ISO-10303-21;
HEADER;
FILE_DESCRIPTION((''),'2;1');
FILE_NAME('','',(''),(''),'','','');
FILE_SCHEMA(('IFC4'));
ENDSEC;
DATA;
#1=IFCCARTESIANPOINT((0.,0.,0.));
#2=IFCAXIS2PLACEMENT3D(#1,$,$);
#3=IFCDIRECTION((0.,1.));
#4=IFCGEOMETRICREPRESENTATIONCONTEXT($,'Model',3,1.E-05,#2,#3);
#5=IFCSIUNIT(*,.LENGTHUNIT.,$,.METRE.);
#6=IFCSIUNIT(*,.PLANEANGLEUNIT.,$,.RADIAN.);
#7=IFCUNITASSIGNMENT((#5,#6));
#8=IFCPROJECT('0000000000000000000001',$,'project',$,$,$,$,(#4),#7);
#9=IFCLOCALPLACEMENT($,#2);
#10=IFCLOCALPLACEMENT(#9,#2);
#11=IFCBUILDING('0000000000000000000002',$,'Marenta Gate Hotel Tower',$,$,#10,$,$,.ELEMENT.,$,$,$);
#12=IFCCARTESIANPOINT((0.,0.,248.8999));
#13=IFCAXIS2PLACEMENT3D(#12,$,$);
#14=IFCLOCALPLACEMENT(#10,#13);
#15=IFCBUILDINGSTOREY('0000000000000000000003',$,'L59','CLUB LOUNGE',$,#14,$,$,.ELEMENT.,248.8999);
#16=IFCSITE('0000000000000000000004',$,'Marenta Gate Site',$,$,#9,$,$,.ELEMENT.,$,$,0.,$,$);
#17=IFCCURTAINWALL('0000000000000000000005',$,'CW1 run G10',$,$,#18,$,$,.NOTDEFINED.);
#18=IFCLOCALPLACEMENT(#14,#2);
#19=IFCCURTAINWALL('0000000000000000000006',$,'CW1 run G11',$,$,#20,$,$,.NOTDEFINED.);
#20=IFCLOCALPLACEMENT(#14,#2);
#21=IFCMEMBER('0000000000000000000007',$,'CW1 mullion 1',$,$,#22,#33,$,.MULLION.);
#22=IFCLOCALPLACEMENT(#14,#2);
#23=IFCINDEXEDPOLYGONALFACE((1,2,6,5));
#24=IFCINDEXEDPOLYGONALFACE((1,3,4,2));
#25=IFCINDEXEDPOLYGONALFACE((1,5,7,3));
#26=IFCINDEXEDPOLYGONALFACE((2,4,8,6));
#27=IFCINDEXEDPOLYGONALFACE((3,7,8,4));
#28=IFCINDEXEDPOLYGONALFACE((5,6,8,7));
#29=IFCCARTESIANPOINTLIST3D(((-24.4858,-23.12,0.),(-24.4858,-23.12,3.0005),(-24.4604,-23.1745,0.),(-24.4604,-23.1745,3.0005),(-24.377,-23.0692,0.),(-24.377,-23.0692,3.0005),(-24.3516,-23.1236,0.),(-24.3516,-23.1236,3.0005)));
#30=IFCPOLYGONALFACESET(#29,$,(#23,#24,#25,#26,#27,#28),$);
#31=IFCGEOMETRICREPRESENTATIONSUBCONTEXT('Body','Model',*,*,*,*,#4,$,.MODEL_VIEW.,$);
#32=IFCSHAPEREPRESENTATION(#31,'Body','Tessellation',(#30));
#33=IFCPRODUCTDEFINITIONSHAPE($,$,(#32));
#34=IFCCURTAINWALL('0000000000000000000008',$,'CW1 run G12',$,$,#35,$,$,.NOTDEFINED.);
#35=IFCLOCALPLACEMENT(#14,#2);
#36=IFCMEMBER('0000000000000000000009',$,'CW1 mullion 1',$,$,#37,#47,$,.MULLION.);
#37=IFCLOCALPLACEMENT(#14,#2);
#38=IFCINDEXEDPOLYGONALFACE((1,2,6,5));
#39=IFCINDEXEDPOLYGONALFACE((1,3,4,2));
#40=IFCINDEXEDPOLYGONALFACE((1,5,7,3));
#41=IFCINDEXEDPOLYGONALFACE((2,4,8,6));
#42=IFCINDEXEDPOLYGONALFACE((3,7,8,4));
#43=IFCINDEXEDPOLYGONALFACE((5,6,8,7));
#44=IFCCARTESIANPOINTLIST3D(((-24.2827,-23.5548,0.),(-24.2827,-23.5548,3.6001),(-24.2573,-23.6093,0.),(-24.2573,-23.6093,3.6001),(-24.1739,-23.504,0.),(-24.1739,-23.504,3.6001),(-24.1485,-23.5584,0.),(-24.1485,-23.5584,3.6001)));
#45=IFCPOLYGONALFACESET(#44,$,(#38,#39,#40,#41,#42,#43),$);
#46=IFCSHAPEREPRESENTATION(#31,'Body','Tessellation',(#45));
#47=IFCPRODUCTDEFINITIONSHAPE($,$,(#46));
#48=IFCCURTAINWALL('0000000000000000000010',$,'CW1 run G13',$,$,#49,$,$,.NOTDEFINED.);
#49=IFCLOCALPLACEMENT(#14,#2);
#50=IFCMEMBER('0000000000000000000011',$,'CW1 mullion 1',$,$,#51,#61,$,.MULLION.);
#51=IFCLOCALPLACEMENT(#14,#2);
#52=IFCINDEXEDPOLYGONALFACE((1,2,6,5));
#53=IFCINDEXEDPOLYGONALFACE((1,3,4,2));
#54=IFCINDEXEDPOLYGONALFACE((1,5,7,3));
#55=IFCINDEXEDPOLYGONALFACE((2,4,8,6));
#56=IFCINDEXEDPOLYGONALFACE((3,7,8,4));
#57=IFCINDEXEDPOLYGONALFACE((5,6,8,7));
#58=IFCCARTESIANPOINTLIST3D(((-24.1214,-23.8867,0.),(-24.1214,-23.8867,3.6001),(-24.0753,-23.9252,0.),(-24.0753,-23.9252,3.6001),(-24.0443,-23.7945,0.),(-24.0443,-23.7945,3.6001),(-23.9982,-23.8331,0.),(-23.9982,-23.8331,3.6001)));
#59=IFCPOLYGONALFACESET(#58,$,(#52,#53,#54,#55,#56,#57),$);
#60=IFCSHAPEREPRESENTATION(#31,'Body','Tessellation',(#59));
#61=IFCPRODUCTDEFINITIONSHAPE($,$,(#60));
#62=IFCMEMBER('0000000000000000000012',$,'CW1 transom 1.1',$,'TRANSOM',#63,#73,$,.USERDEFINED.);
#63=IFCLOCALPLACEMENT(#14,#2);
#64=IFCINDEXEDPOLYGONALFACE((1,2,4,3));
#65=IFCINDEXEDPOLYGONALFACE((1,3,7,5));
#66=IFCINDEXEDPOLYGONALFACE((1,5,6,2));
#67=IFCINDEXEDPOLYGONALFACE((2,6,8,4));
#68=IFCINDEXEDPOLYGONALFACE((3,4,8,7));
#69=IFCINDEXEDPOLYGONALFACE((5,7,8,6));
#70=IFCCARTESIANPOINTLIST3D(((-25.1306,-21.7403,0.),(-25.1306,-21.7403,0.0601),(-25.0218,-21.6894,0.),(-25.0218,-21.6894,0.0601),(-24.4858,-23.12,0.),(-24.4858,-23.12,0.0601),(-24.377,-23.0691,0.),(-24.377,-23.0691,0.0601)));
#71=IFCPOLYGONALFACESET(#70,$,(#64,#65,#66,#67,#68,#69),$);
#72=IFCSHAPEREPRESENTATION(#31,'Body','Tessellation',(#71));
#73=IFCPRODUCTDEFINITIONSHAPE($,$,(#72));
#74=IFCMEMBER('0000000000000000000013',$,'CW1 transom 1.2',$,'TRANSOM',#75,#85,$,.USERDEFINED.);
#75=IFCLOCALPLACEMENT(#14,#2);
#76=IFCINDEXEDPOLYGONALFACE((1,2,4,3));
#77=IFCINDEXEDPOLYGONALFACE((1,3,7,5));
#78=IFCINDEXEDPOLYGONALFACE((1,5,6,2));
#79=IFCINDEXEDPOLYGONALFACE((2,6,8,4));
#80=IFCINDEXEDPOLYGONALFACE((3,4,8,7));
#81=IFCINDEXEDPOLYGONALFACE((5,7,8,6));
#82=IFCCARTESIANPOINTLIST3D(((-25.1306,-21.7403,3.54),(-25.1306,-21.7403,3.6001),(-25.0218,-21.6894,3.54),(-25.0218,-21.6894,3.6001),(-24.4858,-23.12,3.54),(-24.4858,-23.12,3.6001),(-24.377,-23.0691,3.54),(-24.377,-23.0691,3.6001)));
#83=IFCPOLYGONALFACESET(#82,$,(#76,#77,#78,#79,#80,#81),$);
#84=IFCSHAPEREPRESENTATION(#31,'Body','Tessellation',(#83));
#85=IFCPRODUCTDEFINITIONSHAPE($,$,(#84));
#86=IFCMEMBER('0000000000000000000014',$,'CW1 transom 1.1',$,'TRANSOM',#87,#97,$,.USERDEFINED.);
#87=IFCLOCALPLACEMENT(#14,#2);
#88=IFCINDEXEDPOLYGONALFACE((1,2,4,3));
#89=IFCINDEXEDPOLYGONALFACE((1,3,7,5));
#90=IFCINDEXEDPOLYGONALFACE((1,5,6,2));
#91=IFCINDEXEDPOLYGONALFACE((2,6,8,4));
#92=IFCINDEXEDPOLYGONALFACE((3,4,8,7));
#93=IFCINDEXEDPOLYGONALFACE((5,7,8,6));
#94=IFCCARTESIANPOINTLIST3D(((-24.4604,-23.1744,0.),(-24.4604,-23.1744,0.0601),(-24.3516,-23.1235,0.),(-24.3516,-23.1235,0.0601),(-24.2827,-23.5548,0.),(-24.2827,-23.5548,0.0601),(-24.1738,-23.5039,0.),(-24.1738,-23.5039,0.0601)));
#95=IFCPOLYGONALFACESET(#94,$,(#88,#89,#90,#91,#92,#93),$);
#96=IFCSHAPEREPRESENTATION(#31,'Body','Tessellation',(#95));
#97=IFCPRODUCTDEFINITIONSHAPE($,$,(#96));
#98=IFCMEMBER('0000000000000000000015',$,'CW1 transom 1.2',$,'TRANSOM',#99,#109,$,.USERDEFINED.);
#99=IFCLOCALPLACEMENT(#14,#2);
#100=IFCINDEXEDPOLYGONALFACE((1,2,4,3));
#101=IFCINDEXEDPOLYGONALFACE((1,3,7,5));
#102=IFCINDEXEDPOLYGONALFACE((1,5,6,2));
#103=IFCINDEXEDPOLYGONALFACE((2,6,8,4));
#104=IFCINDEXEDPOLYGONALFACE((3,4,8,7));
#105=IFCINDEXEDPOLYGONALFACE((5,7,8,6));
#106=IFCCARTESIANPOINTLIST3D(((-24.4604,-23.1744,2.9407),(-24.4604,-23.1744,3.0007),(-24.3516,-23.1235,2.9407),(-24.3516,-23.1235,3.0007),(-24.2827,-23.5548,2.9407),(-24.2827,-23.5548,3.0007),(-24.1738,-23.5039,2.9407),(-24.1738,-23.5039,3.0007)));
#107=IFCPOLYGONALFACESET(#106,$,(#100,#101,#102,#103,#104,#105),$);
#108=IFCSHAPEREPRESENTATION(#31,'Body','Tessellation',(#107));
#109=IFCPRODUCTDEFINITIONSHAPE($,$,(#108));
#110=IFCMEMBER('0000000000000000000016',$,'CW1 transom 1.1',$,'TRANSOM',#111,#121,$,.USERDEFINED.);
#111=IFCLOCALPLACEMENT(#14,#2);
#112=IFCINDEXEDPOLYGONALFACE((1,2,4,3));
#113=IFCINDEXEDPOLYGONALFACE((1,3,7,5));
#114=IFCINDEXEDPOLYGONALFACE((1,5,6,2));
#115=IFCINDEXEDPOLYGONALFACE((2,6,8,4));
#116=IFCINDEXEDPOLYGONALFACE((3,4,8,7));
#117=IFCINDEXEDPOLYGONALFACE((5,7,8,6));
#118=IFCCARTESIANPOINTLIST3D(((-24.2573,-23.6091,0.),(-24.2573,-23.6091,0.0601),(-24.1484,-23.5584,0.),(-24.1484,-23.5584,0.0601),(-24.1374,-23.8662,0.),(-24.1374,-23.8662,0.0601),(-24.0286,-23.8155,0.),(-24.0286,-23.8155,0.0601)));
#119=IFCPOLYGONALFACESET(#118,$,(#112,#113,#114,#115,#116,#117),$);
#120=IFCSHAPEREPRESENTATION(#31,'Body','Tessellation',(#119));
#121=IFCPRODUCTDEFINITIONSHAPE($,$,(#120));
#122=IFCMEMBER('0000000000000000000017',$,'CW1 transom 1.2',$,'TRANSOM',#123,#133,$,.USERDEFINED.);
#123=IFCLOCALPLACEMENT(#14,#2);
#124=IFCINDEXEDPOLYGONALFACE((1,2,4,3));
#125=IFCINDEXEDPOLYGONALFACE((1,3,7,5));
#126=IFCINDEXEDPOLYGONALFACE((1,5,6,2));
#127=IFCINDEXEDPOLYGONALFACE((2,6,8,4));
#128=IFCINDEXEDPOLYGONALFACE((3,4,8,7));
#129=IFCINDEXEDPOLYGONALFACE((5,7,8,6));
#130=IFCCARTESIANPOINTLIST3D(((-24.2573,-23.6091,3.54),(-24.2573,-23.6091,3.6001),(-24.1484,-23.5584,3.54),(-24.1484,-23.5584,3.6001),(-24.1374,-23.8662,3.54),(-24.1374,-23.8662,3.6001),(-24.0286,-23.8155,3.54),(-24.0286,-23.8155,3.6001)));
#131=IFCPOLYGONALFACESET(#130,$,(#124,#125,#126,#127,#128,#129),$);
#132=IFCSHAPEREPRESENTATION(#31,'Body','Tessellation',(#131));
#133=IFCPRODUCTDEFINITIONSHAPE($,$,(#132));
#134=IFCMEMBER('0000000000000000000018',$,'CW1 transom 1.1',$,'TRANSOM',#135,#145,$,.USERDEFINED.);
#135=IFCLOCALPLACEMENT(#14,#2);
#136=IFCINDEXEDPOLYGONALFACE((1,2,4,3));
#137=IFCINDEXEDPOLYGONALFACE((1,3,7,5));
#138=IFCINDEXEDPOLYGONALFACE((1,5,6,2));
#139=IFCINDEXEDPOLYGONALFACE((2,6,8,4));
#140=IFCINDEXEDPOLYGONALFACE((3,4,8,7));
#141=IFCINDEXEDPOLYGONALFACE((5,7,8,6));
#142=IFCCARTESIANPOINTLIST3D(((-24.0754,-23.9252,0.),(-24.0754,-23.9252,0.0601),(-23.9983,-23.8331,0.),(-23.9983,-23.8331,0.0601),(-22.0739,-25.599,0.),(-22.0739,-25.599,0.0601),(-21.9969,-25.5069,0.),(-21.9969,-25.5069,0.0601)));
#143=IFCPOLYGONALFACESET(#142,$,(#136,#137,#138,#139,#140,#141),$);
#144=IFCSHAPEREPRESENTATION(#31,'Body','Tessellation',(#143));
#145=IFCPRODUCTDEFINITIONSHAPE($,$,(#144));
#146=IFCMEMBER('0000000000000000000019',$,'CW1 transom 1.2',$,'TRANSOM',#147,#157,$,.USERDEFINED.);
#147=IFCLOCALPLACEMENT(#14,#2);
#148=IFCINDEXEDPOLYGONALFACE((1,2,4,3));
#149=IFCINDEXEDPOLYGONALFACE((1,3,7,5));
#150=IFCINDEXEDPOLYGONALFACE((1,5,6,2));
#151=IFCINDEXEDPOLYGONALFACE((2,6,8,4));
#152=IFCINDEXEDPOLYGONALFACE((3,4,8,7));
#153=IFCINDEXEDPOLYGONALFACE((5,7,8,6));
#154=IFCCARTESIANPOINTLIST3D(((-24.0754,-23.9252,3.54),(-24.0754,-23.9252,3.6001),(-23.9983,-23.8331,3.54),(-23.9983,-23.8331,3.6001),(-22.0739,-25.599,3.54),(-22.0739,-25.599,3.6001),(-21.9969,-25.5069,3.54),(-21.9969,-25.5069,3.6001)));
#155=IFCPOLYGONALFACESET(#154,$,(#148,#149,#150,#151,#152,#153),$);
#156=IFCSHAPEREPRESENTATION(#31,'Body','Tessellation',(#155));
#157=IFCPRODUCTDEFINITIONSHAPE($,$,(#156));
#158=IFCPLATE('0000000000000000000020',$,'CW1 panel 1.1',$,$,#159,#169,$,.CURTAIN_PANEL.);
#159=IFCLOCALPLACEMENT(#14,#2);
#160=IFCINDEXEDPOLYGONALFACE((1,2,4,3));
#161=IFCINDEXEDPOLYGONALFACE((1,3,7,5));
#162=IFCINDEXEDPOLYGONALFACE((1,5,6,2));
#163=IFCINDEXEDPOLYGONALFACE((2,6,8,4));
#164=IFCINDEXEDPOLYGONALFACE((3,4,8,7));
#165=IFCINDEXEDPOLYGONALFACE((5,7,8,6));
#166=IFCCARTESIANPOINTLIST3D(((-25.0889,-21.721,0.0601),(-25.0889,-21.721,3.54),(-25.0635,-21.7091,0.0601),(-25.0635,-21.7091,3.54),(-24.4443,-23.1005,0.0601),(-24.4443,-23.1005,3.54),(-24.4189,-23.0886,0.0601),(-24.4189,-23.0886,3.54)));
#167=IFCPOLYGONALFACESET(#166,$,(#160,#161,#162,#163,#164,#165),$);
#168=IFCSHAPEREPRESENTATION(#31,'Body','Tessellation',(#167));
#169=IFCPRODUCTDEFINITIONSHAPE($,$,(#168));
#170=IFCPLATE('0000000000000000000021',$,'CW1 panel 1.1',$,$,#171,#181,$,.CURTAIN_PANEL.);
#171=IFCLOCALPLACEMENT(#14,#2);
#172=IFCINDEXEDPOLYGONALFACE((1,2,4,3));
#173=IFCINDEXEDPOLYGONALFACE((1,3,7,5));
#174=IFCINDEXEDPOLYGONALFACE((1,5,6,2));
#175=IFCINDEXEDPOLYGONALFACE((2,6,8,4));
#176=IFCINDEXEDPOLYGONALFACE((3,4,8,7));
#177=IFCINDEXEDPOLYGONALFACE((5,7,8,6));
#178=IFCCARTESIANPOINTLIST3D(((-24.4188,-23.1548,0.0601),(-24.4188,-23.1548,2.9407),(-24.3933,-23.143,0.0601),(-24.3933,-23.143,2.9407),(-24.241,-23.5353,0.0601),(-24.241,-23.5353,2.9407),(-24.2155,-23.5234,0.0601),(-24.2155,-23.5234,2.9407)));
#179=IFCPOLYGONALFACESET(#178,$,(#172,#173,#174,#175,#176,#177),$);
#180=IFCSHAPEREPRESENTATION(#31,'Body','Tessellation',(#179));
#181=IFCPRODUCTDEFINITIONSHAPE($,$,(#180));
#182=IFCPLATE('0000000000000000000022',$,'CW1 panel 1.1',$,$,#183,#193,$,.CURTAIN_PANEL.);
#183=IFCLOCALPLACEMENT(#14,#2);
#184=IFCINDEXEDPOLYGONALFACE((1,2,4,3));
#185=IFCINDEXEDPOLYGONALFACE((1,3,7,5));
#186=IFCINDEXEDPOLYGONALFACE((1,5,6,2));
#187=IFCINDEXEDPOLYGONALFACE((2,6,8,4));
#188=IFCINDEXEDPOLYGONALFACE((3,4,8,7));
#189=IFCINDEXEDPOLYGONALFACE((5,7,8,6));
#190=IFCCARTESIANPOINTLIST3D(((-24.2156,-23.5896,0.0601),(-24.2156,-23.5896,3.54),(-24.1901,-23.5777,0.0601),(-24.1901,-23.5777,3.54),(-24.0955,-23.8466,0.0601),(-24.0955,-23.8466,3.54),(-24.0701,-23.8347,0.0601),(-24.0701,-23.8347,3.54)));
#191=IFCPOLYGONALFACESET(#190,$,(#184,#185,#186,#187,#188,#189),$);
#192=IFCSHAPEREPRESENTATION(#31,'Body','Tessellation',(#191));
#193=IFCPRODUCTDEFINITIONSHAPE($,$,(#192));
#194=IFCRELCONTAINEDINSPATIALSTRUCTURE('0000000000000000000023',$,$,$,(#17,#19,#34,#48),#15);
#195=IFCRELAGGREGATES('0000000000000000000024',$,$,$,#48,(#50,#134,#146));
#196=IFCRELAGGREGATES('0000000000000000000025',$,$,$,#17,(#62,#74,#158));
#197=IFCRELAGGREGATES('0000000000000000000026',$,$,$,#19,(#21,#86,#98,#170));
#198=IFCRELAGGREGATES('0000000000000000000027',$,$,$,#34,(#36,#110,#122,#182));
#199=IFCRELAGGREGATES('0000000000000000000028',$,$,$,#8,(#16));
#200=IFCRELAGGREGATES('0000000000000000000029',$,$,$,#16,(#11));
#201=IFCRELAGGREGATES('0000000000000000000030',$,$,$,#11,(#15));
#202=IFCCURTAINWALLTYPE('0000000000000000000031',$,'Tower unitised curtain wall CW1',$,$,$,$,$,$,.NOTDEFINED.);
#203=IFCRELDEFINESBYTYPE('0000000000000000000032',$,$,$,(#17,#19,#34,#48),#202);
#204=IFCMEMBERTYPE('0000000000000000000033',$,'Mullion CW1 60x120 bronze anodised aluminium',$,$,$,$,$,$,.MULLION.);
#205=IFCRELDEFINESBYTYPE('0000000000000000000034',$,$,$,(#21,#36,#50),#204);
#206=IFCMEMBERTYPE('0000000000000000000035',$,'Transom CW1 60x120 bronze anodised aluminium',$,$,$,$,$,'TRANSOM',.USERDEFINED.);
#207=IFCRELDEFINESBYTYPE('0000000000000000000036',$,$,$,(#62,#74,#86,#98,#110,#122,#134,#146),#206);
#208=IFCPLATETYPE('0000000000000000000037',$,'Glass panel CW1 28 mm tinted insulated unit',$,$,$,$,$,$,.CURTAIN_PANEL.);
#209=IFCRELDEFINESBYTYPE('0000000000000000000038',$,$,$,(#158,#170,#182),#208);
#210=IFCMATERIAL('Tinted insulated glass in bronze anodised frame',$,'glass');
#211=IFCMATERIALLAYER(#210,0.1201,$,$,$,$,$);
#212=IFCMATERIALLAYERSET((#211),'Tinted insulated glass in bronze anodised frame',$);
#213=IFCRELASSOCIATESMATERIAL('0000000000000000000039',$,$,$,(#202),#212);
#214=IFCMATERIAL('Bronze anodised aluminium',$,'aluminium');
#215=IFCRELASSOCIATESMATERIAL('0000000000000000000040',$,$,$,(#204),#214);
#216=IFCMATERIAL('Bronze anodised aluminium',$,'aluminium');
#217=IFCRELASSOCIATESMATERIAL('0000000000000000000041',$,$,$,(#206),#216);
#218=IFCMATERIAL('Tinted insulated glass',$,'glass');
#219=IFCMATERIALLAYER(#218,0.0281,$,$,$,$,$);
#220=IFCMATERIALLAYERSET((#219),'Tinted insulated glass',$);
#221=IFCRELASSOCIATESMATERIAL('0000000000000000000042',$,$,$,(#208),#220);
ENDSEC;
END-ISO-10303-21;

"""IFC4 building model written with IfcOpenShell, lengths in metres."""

from ifc_helpers import new_model, si_unit, direction, frame, origin, origin_2d, place, context, subcontext, project, spatial, rectangle, extrude, material, layer, layer_set, material_profile, profile_set, type_object, element, aggregate, save


model = new_model("IFC4")

# Units and contexts
model_context = context("Model", 3, precision=1e-05, world=origin(), true_north=direction((0.0, 1.0)))
body_context = subcontext(model_context, "Body", "Model", "MODEL_VIEW")
ifc_project = project(units=[si_unit("LENGTHUNIT", "METRE"), si_unit("PLANEANGLEUNIT", "RADIAN")], contexts=[model_context])

# Site, building, storey
site_placement = place(None, origin())
site = spatial("IfcSite", under=ifc_project, at=site_placement, Name="Marenta Gate Site", CompositionType="ELEMENT", RefElevation=0.0)
building_placement = place(site_placement, origin())
building = spatial("IfcBuilding", under=site, at=building_placement, Name="Marenta Gate Hotel Tower", CompositionType="ELEMENT")
storey_placement = place(building_placement, frame((0.0, 0.0, 248.8999)))
storey = spatial("IfcBuildingStorey", under=building, at=storey_placement, Name="L59", Description="CLUB LOUNGE", CompositionType="ELEMENT", Elevation=248.8999)

# Curtain walls, members
ifc_material_1 = material(Name="Tinted insulated glass in bronze anodised frame", Category="glass")
ifc_layer_1 = layer(ifc_material_1, 0.1201)
ifc_layer_set_1 = layer_set([ifc_layer_1], Name="Tinted insulated glass in bronze anodised frame")
curtain_wall_type = type_object("IfcCurtainWallType", Name="Tower unitised curtain wall CW1", PredefinedType="NOTDEFINED", material=ifc_layer_set_1)
curtain_wall_1_placement = place(storey_placement, origin())
curtain_wall_1 = element("IfcCurtainWall", 1, at=curtain_wall_1_placement, inside=storey, type_object=curtain_wall_type, Name="CW1 run G10", PredefinedType="NOTDEFINED")
ifc_material_2 = material(Name="Bronze anodised aluminium", Category="aluminium")
ifc_material_profile_1 = material_profile(ifc_material_2, rectangle(XDim=0.1201, YDim=0.0601, at=origin_2d()), Name="Mullion CW1 60x120 bronze anodised aluminium")
ifc_profile_set_1 = profile_set([ifc_material_profile_1], Name="Bronze anodised aluminium")
member_type_1 = type_object("IfcMemberType", Name="Mullion CW1 60x120 bronze anodised aluminium", PredefinedType="MULLION", material=ifc_profile_set_1)
curtain_wall_2_placement = place(storey_placement, origin())
curtain_wall_2 = element("IfcCurtainWall", 2, at=curtain_wall_2_placement, inside=storey, type_object=curtain_wall_type, Name="CW1 run G11", PredefinedType="NOTDEFINED")
member_1_placement = place(storey_placement, frame((-24.4187, -23.1218, 0.0), z_axis=(0.0, 0.0, 1.0), x_axis=(0.905949, 0.423387, 0.0)))
member_1 = element("IfcMember", 3, at=member_1_placement, type_object=member_type_1, Name="CW1 mullion 1", PredefinedType="MULLION", context=body_context, shape_type="SweptSolid", body=[
    extrude(rectangle(XDim=0.1201, YDim=0.0601, at=origin_2d()), origin(), (0.0, 0.0, 1.0), 3.0005),
])
curtain_wall_3_placement = place(storey_placement, origin())
curtain_wall_3 = element("IfcCurtainWall", 4, at=curtain_wall_3_placement, inside=storey, type_object=curtain_wall_type, Name="CW1 run G12", PredefinedType="NOTDEFINED")
member_2_placement = place(storey_placement, frame((-24.2156, -23.5566, 0.0), z_axis=(0.0, 0.0, 1.0), x_axis=(0.906042, 0.423188, 0.0)))
member_2 = element("IfcMember", 5, at=member_2_placement, type_object=member_type_1, Name="CW1 mullion 1", PredefinedType="MULLION", context=body_context, shape_type="SweptSolid", body=[
    extrude(rectangle(XDim=0.1201, YDim=0.0601, at=origin_2d()), origin(), (0.0, 0.0, 1.0), 3.6001),
])
curtain_wall_4_placement = place(storey_placement, origin())
curtain_wall_4 = element("IfcCurtainWall", 6, at=curtain_wall_4_placement, inside=storey, type_object=curtain_wall_type, Name="CW1 run G13", PredefinedType="NOTDEFINED")
member_3_placement = place(storey_placement, frame((-24.0598, -23.8599, 0.0), z_axis=(0.0, 0.0, 1.0), x_axis=(0.641525, 0.767102, 0.0)))
member_3 = element("IfcMember", 7, at=member_3_placement, type_object=member_type_1, Name="CW1 mullion 1", PredefinedType="MULLION", context=body_context, shape_type="SweptSolid", body=[
    extrude(rectangle(XDim=0.1201, YDim=0.0601, at=origin_2d()), origin(), (0.0, 0.0, 1.0), 3.6001),
])

# Members
ifc_material_3 = material(Name="Bronze anodised aluminium", Category="aluminium")
ifc_material_profile_2 = material_profile(ifc_material_3, rectangle(XDim=0.1201, YDim=0.0601, at=origin_2d()), Name="Transom CW1 60x120 bronze anodised aluminium")
ifc_profile_set_2 = profile_set([ifc_material_profile_2], Name="Bronze anodised aluminium")
member_type_2 = type_object("IfcMemberType", Name="Transom CW1 60x120 bronze anodised aluminium", ElementType="TRANSOM", PredefinedType="USERDEFINED", material=ifc_profile_set_2)
member_4_placement = place(storey_placement, frame((-25.0762, -21.7148, 0.03), z_axis=(0.423394, -0.905945, 0.0), x_axis=(0.905945, 0.423394, 0.0)))
member_4 = element("IfcMember", 8, at=member_4_placement, type_object=member_type_2, Name="CW1 transom 1.1", ObjectType="TRANSOM", PredefinedType="USERDEFINED", context=body_context, shape_type="SweptSolid", body=[
    extrude(rectangle(XDim=0.1201, YDim=0.0601, at=origin_2d()), origin(), (0.0, 0.0, 1.0), 1.5229),
])
member_5_placement = place(storey_placement, frame((-25.0762, -21.7148, 3.5701), z_axis=(0.423394, -0.905945, 0.0), x_axis=(0.905945, 0.423394, 0.0)))
member_5 = element("IfcMember", 9, at=member_5_placement, type_object=member_type_2, Name="CW1 transom 1.2", ObjectType="TRANSOM", PredefinedType="USERDEFINED", context=body_context, shape_type="SweptSolid", body=[
    extrude(rectangle(XDim=0.1201, YDim=0.0601, at=origin_2d()), origin(), (0.0, 0.0, 1.0), 1.5229),
])
member_6_placement = place(storey_placement, frame((-24.406, -23.1489, 0.03), z_axis=(0.423331, -0.905975, 0.0), x_axis=(0.905975, 0.423331, 0.0)))
member_6 = element("IfcMember", 10, at=member_6_placement, type_object=member_type_2, Name="CW1 transom 1.1", ObjectType="TRANSOM", PredefinedType="USERDEFINED", context=body_context, shape_type="SweptSolid", body=[
    extrude(rectangle(XDim=0.1201, YDim=0.0601, at=origin_2d()), origin(), (0.0, 0.0, 1.0), 0.4199),
])
member_7_placement = place(storey_placement, frame((-24.406, -23.1489, 2.9707), z_axis=(0.423331, -0.905975, 0.0), x_axis=(0.905975, 0.423331, 0.0)))
member_7 = element("IfcMember", 11, at=member_7_placement, type_object=member_type_2, Name="CW1 transom 1.2", ObjectType="TRANSOM", PredefinedType="USERDEFINED", context=body_context, shape_type="SweptSolid", body=[
    extrude(rectangle(XDim=0.1201, YDim=0.0601, at=origin_2d()), origin(), (0.0, 0.0, 1.0), 0.4199),
])
member_8_placement = place(storey_placement, frame((-24.2029, -23.5837, 0.03), z_axis=(0.422603, -0.906315, 0.0), x_axis=(0.906315, 0.422603, 0.0)))
member_8 = element("IfcMember", 12, at=member_8_placement, type_object=member_type_2, Name="CW1 transom 1.1", ObjectType="TRANSOM", PredefinedType="USERDEFINED", context=body_context, shape_type="SweptSolid", body=[
    extrude(rectangle(XDim=0.1201, YDim=0.0601, at=origin_2d()), origin(), (0.0, 0.0, 1.0), 0.2837),
])
member_9_placement = place(storey_placement, frame((-24.2029, -23.5837, 3.5701), z_axis=(0.422603, -0.906315, 0.0), x_axis=(0.906315, 0.422603, 0.0)))
member_9 = element("IfcMember", 13, at=member_9_placement, type_object=member_type_2, Name="CW1 transom 1.2", ObjectType="TRANSOM", PredefinedType="USERDEFINED", context=body_context, shape_type="SweptSolid", body=[
    extrude(rectangle(XDim=0.1201, YDim=0.0601, at=origin_2d()), origin(), (0.0, 0.0, 1.0), 0.2837),
])
member_10_placement = place(storey_placement, frame((-24.0369, -23.8792, 0.03), z_axis=(0.7671, -0.641527, 0.0), x_axis=(0.641527, 0.7671, 0.0)))
member_10 = element("IfcMember", 14, at=member_10_placement, type_object=member_type_2, Name="CW1 transom 1.1", ObjectType="TRANSOM", PredefinedType="USERDEFINED", context=body_context, shape_type="SweptSolid", body=[
    extrude(rectangle(XDim=0.1201, YDim=0.0601, at=origin_2d()), origin(), (0.0, 0.0, 1.0), 2.6091),
])
member_11_placement = place(storey_placement, frame((-24.0369, -23.8792, 3.5701), z_axis=(0.7671, -0.641527, 0.0), x_axis=(0.641527, 0.7671, 0.0)))
member_11 = element("IfcMember", 15, at=member_11_placement, type_object=member_type_2, Name="CW1 transom 1.2", ObjectType="TRANSOM", PredefinedType="USERDEFINED", context=body_context, shape_type="SweptSolid", body=[
    extrude(rectangle(XDim=0.1201, YDim=0.0601, at=origin_2d()), origin(), (0.0, 0.0, 1.0), 2.6091),
])
aggregate(curtain_wall_4, [member_3, member_10, member_11])

# Plates
ifc_material_4 = material(Name="Tinted insulated glass", Category="glass")
ifc_layer_2 = layer(ifc_material_4, 0.0281)
ifc_layer_set_2 = layer_set([ifc_layer_2], Name="Tinted insulated glass")
plate_type = type_object("IfcPlateType", Name="Glass panel CW1 28 mm tinted insulated unit", PredefinedType="CURTAIN_PANEL", material=ifc_layer_set_2)
plate_1_placement = place(storey_placement, frame((-24.7539, -22.4048, 0.0601), z_axis=(0.0, 0.0, 1.0), x_axis=(0.423352, -0.905965, 0.0)))
plate_1 = element("IfcPlate", 16, at=plate_1_placement, type_object=plate_type, Name="CW1 panel 1.1", PredefinedType="CURTAIN_PANEL", context=body_context, shape_type="SweptSolid", body=[
    extrude(rectangle(XDim=1.5227, YDim=0.0281, at=origin_2d()), origin(), (0.0, 0.0, 1.0), 3.48),
])
aggregate(curtain_wall_1, [member_4, member_5, plate_1])
plate_2_placement = place(storey_placement, frame((-24.3171, -23.3391, 0.0601), z_axis=(0.0, 0.0, 1.0), x_axis=(0.423387, -0.905949, 0.0)))
plate_2 = element("IfcPlate", 17, at=plate_2_placement, type_object=plate_type, Name="CW1 panel 1.1", PredefinedType="CURTAIN_PANEL", context=body_context, shape_type="SweptSolid", body=[
    extrude(rectangle(XDim=0.4199, YDim=0.0281, at=origin_2d()), origin(), (0.0, 0.0, 1.0), 2.8806),
])
aggregate(curtain_wall_2, [member_1, member_6, member_7, plate_2])
plate_3_placement = place(storey_placement, frame((-24.1428, -23.7122, 0.0601), z_axis=(0.0, 0.0, 1.0), x_axis=(0.423188, -0.906042, 0.0)))
plate_3 = element("IfcPlate", 18, at=plate_3_placement, type_object=plate_type, Name="CW1 panel 1.1", PredefinedType="CURTAIN_PANEL", context=body_context, shape_type="SweptSolid", body=[
    extrude(rectangle(XDim=0.2837, YDim=0.0281, at=origin_2d()), origin(), (0.0, 0.0, 1.0), 3.48),
])
aggregate(curtain_wall_3, [member_2, member_8, member_9, plate_3])

save(model, "model.ifc")
